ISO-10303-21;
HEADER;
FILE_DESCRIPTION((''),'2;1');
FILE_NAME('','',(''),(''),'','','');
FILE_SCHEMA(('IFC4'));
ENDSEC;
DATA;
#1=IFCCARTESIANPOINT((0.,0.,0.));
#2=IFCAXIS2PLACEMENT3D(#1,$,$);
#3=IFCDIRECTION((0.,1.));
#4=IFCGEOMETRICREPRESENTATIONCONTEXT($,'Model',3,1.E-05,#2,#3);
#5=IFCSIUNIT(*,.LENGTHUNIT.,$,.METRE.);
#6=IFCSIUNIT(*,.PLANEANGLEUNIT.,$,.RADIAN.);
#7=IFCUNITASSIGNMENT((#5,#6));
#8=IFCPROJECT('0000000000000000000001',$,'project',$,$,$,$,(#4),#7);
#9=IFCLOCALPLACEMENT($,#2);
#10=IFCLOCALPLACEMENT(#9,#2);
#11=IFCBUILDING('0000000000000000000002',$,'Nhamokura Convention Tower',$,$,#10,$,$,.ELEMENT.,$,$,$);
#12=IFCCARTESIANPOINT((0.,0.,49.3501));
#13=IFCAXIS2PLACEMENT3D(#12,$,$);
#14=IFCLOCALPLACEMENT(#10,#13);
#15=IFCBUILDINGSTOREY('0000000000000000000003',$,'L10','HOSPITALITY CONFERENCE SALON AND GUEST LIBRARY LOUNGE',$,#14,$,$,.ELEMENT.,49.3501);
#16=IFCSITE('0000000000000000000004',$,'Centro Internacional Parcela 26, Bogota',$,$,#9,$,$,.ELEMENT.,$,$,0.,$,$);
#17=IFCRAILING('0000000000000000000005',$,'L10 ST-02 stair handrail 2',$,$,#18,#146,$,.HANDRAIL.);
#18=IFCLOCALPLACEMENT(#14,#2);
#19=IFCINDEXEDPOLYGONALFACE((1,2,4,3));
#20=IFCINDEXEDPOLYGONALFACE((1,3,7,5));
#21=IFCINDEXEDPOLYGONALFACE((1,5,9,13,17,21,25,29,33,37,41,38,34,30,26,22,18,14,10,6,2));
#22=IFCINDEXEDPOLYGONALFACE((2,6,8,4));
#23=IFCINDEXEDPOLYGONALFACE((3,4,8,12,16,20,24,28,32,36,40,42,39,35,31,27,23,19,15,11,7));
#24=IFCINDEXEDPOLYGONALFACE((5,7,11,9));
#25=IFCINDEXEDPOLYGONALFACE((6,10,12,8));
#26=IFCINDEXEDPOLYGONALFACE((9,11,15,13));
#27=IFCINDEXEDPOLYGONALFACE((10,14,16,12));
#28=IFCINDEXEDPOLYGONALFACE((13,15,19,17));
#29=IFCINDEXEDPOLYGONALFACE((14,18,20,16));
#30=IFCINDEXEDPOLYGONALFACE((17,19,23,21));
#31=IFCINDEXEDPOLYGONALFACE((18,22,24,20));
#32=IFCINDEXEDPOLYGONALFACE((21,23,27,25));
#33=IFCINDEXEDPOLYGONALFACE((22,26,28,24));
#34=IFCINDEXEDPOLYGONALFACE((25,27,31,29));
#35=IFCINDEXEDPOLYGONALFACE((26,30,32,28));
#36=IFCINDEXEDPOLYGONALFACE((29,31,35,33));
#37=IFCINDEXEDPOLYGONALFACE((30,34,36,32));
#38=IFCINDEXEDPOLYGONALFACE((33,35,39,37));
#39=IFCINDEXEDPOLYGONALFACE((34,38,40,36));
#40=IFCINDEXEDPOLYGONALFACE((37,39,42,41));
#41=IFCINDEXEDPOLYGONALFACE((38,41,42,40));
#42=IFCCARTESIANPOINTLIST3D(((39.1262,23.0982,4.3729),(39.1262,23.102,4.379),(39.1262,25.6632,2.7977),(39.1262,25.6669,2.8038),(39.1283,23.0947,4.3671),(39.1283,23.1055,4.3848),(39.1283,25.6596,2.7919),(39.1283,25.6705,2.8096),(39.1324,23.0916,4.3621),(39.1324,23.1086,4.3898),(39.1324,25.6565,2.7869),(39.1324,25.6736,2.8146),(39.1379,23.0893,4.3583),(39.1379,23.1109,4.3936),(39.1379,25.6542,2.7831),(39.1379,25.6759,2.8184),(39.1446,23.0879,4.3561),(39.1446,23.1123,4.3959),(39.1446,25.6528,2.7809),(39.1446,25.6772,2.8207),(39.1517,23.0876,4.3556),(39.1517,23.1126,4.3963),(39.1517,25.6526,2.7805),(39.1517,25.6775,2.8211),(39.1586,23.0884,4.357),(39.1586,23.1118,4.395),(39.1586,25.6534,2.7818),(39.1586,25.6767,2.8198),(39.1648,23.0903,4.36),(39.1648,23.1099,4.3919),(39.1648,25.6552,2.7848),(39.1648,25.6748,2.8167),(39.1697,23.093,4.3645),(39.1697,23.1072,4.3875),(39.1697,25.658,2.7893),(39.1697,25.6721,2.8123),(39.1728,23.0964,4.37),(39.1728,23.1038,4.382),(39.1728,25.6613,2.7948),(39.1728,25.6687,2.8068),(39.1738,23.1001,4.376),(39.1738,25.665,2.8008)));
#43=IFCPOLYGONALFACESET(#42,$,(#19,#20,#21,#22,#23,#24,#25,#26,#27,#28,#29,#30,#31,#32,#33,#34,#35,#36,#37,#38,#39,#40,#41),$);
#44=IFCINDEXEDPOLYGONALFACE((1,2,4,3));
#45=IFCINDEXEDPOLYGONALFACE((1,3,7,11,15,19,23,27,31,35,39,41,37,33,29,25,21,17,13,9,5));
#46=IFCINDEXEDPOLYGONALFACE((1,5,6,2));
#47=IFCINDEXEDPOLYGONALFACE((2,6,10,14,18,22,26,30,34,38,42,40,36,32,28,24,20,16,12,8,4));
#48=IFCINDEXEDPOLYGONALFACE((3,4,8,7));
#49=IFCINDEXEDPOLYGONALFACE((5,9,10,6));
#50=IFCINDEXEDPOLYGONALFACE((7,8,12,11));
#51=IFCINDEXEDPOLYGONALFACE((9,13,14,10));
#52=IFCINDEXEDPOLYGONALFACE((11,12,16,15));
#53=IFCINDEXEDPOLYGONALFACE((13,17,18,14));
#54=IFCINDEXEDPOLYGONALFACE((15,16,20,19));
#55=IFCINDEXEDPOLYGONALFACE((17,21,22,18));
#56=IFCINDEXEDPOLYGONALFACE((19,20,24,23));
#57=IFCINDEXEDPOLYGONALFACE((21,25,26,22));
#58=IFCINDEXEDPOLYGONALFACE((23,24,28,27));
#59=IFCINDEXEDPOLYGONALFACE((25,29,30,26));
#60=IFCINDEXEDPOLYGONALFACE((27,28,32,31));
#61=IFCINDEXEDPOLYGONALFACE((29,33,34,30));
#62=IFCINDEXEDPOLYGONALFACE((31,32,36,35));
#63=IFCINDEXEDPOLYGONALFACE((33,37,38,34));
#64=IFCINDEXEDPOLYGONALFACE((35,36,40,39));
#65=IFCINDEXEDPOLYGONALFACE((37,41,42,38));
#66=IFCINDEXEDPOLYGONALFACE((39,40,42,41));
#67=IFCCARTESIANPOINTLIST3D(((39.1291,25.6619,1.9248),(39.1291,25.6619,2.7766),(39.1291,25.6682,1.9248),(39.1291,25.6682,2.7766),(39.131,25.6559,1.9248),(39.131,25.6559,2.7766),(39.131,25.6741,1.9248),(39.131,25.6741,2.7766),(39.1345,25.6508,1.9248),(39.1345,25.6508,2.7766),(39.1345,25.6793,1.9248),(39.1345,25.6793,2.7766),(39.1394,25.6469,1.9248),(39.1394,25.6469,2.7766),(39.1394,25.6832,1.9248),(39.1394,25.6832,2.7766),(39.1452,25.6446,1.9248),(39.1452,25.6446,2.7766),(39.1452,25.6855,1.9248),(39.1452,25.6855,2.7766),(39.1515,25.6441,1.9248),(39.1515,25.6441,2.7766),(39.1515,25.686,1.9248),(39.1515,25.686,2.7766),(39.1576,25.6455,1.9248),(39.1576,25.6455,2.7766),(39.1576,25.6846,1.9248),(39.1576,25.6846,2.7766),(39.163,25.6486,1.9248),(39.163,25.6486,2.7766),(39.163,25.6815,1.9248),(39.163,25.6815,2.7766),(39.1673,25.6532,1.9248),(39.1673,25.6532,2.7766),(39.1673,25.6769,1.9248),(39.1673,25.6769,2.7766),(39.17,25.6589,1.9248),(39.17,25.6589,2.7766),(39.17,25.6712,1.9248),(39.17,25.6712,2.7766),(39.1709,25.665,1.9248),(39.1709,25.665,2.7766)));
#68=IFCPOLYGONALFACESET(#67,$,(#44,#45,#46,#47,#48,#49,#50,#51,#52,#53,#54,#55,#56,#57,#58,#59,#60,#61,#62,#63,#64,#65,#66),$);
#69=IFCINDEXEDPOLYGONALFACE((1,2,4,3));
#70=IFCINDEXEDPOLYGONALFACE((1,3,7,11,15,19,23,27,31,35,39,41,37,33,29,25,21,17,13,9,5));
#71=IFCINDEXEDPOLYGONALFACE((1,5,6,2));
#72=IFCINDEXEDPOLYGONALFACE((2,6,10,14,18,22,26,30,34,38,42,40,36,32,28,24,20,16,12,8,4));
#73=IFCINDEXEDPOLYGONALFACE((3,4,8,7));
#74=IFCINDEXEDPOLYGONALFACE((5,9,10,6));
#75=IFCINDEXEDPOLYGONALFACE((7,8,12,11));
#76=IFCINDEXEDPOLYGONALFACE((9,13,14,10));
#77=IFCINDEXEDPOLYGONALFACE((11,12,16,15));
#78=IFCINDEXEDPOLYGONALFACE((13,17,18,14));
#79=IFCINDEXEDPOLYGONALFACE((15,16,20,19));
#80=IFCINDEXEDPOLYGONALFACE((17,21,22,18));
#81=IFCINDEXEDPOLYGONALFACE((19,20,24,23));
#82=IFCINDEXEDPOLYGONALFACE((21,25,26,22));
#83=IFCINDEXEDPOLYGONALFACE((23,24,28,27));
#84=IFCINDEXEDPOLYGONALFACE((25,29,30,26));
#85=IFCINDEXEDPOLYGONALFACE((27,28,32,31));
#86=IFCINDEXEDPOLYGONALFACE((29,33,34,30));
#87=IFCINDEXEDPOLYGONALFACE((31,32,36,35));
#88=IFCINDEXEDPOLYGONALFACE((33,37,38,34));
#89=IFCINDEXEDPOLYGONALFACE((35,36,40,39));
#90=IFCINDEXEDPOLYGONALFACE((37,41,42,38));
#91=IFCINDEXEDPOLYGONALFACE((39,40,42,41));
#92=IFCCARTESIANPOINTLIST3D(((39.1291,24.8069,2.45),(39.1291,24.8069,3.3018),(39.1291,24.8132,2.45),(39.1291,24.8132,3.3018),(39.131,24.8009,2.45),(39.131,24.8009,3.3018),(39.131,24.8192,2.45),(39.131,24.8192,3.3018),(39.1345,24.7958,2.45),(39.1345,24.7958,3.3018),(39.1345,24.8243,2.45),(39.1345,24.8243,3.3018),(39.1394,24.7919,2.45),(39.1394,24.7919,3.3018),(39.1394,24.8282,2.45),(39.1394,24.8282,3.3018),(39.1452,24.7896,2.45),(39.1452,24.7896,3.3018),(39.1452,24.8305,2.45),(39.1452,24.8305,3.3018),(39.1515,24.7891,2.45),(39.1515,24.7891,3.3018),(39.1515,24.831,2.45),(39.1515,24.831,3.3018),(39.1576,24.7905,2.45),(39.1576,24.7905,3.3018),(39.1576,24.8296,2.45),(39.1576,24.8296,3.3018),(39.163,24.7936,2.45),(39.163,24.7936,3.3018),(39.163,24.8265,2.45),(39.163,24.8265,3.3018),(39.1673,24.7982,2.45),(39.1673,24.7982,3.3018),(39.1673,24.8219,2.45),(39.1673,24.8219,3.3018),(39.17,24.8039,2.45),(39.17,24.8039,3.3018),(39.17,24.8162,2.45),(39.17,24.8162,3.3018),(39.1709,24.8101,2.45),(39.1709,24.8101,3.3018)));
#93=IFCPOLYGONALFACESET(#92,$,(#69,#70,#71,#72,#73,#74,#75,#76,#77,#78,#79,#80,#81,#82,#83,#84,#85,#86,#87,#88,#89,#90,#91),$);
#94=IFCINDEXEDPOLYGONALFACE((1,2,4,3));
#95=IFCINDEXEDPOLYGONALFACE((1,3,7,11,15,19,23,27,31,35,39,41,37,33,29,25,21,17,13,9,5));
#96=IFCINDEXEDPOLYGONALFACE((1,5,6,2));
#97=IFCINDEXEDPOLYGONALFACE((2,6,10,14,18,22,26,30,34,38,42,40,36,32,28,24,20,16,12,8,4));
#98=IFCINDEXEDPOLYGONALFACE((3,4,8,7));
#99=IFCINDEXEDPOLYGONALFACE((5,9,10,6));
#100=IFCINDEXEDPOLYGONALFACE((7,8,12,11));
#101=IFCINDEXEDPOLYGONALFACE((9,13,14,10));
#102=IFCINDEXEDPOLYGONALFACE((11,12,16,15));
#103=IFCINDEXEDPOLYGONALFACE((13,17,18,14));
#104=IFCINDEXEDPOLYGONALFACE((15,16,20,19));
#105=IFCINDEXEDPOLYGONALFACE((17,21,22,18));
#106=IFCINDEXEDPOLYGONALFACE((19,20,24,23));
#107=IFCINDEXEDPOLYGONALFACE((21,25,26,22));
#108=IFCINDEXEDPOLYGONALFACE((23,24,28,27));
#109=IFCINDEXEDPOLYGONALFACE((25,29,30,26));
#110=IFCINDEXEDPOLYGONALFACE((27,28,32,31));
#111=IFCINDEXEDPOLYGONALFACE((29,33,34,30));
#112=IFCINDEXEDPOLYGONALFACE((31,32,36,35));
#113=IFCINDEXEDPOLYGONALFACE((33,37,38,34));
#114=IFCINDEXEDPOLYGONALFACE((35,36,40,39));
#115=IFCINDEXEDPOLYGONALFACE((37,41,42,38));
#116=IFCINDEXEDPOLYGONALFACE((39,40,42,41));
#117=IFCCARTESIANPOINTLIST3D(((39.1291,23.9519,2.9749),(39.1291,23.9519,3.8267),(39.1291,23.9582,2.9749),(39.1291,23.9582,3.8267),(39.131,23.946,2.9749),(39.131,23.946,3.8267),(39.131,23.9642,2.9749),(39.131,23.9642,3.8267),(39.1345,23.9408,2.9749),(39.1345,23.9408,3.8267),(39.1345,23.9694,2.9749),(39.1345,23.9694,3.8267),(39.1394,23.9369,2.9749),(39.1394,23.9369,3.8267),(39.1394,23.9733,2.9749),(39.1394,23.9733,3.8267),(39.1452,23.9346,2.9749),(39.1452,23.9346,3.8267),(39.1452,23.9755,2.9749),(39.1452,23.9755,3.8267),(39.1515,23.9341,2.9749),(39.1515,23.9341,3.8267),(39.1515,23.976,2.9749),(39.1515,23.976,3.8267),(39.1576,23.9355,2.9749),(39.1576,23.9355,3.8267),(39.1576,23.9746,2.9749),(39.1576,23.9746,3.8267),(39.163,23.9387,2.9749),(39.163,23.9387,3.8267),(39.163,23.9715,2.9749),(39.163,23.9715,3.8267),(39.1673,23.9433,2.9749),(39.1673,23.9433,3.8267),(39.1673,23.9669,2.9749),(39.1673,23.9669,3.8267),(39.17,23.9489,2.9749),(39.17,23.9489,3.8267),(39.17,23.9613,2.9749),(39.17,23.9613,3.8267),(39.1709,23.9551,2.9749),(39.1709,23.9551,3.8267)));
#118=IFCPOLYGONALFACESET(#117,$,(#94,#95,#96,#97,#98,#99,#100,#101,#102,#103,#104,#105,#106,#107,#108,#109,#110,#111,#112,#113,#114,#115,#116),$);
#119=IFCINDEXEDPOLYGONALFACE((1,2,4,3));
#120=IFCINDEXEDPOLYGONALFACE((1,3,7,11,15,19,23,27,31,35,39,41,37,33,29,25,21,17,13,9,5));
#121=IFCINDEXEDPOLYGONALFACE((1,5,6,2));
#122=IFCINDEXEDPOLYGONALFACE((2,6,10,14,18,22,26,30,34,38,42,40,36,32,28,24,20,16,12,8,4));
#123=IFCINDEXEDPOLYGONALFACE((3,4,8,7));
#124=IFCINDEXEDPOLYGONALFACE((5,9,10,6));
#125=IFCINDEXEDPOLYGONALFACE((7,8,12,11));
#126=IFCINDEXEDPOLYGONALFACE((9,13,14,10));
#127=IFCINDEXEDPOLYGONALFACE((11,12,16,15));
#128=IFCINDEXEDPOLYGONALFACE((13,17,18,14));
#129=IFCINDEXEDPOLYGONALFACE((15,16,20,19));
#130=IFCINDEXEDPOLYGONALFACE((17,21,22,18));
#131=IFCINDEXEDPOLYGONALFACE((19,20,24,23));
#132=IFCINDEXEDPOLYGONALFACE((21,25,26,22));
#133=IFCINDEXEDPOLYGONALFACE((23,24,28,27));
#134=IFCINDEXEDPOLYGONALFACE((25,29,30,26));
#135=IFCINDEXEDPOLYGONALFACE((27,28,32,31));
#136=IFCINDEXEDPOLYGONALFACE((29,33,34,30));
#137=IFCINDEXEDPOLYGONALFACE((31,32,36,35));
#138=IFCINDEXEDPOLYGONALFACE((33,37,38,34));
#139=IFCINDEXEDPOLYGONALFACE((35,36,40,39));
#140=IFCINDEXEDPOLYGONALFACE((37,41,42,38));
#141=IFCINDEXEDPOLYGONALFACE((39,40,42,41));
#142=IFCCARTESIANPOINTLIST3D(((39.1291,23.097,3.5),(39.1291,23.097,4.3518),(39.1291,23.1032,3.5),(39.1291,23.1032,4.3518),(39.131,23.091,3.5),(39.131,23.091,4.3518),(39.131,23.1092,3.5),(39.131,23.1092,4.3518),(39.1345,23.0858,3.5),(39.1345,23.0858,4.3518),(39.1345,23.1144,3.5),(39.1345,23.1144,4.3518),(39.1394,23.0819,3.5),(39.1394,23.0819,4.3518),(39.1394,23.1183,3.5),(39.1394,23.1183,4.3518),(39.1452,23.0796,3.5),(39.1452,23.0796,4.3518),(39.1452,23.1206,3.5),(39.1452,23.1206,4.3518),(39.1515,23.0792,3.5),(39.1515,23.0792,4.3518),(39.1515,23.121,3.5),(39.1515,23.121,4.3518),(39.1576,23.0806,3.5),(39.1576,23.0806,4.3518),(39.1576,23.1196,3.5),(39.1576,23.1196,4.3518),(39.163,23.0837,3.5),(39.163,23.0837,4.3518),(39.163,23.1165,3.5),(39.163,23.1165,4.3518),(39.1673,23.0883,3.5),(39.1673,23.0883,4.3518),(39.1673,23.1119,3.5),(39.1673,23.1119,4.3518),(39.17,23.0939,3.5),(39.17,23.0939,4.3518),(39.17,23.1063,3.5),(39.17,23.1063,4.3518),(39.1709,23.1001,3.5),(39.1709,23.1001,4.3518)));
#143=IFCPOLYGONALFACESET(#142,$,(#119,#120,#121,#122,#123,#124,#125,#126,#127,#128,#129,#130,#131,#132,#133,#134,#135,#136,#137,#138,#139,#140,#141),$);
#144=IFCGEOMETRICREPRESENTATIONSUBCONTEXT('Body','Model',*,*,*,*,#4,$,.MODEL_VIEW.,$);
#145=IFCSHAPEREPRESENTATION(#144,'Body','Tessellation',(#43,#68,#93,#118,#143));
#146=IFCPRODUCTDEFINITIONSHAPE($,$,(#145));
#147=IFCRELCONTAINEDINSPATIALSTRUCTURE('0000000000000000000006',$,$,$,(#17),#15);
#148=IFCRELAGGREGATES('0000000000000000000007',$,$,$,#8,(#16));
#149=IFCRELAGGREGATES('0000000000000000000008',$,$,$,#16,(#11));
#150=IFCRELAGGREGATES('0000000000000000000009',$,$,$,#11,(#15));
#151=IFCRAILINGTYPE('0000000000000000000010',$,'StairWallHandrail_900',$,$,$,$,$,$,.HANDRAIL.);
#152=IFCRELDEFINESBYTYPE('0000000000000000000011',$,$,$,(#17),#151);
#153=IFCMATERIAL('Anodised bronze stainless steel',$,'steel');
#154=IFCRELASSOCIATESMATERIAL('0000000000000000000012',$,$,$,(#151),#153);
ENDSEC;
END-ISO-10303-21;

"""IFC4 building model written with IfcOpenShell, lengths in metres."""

from ifc_helpers import new_model, si_unit, direction, frame, origin, origin_2d, place, context, subcontext, project, spatial, circle, extrude, material, type_object, element, save


model = new_model("IFC4")

# Units and contexts
model_context = context("Model", 3, precision=1e-05, world=origin(), true_north=direction((0.0, 1.0)))
body_context = subcontext(model_context, "Body", "Model", "MODEL_VIEW")
ifc_project = project(units=[si_unit("LENGTHUNIT", "METRE"), si_unit("PLANEANGLEUNIT", "RADIAN")], contexts=[model_context])

# Site, building, storey
site_placement = place(None, origin())
site = spatial("IfcSite", under=ifc_project, at=site_placement, Name="Centro Internacional Parcela 26, Bogota", CompositionType="ELEMENT", RefElevation=0.0)
building_placement = place(site_placement, origin())
building = spatial("IfcBuilding", under=site, at=building_placement, Name="Nhamokura Convention Tower", CompositionType="ELEMENT")
storey_placement = place(building_placement, frame((0.0, 0.0, 49.3501)))
storey = spatial("IfcBuildingStorey", under=building, at=storey_placement, Name="L10", Description="HOSPITALITY CONFERENCE SALON AND GUEST LIBRARY LOUNGE", CompositionType="ELEMENT", Elevation=49.3501)

# Railing
ifc_material_1 = material(Name="Anodised bronze stainless steel", Category="steel")
railing_type_1 = type_object("IfcRailingType", Name="StairWallHandrail_900", PredefinedType="HANDRAIL", material=ifc_material_1)
railing_1_placement = place(storey_placement, frame((39.1499, 25.665, 1.9248)))
element("IfcRailing", 1, at=railing_1_placement, inside=storey, type_object=railing_type_1, Name="L10 ST-02 stair handrail 2", PredefinedType="HANDRAIL", context=body_context, shape_type="SweptSolid", body=[
    extrude(circle(Radius=0.0239, at=origin_2d()), frame((0.0, 0.0, 0.876), z_axis=(0.0, -0.852137, 0.523319), x_axis=(1.0, 0.0, 0.0)), (0.0, 0.0, 1.0), 3.01),
    extrude(circle(Radius=0.021, at=origin_2d()), origin(), (0.0, 0.0, 1.0), 0.8518),
    extrude(circle(Radius=0.021, at=origin_2d()), frame((0.0, -0.855, 0.5251)), (0.0, 0.0, 1.0), 0.8518),
    extrude(circle(Radius=0.021, at=origin_2d()), frame((0.0, -1.71, 1.05)), (0.0, 0.0, 1.0), 0.8518),
    extrude(circle(Radius=0.021, at=origin_2d()), frame((0.0, -2.5649, 1.5752)), (0.0, 0.0, 1.0), 0.8518),
])

save(model, "model.ifc")
